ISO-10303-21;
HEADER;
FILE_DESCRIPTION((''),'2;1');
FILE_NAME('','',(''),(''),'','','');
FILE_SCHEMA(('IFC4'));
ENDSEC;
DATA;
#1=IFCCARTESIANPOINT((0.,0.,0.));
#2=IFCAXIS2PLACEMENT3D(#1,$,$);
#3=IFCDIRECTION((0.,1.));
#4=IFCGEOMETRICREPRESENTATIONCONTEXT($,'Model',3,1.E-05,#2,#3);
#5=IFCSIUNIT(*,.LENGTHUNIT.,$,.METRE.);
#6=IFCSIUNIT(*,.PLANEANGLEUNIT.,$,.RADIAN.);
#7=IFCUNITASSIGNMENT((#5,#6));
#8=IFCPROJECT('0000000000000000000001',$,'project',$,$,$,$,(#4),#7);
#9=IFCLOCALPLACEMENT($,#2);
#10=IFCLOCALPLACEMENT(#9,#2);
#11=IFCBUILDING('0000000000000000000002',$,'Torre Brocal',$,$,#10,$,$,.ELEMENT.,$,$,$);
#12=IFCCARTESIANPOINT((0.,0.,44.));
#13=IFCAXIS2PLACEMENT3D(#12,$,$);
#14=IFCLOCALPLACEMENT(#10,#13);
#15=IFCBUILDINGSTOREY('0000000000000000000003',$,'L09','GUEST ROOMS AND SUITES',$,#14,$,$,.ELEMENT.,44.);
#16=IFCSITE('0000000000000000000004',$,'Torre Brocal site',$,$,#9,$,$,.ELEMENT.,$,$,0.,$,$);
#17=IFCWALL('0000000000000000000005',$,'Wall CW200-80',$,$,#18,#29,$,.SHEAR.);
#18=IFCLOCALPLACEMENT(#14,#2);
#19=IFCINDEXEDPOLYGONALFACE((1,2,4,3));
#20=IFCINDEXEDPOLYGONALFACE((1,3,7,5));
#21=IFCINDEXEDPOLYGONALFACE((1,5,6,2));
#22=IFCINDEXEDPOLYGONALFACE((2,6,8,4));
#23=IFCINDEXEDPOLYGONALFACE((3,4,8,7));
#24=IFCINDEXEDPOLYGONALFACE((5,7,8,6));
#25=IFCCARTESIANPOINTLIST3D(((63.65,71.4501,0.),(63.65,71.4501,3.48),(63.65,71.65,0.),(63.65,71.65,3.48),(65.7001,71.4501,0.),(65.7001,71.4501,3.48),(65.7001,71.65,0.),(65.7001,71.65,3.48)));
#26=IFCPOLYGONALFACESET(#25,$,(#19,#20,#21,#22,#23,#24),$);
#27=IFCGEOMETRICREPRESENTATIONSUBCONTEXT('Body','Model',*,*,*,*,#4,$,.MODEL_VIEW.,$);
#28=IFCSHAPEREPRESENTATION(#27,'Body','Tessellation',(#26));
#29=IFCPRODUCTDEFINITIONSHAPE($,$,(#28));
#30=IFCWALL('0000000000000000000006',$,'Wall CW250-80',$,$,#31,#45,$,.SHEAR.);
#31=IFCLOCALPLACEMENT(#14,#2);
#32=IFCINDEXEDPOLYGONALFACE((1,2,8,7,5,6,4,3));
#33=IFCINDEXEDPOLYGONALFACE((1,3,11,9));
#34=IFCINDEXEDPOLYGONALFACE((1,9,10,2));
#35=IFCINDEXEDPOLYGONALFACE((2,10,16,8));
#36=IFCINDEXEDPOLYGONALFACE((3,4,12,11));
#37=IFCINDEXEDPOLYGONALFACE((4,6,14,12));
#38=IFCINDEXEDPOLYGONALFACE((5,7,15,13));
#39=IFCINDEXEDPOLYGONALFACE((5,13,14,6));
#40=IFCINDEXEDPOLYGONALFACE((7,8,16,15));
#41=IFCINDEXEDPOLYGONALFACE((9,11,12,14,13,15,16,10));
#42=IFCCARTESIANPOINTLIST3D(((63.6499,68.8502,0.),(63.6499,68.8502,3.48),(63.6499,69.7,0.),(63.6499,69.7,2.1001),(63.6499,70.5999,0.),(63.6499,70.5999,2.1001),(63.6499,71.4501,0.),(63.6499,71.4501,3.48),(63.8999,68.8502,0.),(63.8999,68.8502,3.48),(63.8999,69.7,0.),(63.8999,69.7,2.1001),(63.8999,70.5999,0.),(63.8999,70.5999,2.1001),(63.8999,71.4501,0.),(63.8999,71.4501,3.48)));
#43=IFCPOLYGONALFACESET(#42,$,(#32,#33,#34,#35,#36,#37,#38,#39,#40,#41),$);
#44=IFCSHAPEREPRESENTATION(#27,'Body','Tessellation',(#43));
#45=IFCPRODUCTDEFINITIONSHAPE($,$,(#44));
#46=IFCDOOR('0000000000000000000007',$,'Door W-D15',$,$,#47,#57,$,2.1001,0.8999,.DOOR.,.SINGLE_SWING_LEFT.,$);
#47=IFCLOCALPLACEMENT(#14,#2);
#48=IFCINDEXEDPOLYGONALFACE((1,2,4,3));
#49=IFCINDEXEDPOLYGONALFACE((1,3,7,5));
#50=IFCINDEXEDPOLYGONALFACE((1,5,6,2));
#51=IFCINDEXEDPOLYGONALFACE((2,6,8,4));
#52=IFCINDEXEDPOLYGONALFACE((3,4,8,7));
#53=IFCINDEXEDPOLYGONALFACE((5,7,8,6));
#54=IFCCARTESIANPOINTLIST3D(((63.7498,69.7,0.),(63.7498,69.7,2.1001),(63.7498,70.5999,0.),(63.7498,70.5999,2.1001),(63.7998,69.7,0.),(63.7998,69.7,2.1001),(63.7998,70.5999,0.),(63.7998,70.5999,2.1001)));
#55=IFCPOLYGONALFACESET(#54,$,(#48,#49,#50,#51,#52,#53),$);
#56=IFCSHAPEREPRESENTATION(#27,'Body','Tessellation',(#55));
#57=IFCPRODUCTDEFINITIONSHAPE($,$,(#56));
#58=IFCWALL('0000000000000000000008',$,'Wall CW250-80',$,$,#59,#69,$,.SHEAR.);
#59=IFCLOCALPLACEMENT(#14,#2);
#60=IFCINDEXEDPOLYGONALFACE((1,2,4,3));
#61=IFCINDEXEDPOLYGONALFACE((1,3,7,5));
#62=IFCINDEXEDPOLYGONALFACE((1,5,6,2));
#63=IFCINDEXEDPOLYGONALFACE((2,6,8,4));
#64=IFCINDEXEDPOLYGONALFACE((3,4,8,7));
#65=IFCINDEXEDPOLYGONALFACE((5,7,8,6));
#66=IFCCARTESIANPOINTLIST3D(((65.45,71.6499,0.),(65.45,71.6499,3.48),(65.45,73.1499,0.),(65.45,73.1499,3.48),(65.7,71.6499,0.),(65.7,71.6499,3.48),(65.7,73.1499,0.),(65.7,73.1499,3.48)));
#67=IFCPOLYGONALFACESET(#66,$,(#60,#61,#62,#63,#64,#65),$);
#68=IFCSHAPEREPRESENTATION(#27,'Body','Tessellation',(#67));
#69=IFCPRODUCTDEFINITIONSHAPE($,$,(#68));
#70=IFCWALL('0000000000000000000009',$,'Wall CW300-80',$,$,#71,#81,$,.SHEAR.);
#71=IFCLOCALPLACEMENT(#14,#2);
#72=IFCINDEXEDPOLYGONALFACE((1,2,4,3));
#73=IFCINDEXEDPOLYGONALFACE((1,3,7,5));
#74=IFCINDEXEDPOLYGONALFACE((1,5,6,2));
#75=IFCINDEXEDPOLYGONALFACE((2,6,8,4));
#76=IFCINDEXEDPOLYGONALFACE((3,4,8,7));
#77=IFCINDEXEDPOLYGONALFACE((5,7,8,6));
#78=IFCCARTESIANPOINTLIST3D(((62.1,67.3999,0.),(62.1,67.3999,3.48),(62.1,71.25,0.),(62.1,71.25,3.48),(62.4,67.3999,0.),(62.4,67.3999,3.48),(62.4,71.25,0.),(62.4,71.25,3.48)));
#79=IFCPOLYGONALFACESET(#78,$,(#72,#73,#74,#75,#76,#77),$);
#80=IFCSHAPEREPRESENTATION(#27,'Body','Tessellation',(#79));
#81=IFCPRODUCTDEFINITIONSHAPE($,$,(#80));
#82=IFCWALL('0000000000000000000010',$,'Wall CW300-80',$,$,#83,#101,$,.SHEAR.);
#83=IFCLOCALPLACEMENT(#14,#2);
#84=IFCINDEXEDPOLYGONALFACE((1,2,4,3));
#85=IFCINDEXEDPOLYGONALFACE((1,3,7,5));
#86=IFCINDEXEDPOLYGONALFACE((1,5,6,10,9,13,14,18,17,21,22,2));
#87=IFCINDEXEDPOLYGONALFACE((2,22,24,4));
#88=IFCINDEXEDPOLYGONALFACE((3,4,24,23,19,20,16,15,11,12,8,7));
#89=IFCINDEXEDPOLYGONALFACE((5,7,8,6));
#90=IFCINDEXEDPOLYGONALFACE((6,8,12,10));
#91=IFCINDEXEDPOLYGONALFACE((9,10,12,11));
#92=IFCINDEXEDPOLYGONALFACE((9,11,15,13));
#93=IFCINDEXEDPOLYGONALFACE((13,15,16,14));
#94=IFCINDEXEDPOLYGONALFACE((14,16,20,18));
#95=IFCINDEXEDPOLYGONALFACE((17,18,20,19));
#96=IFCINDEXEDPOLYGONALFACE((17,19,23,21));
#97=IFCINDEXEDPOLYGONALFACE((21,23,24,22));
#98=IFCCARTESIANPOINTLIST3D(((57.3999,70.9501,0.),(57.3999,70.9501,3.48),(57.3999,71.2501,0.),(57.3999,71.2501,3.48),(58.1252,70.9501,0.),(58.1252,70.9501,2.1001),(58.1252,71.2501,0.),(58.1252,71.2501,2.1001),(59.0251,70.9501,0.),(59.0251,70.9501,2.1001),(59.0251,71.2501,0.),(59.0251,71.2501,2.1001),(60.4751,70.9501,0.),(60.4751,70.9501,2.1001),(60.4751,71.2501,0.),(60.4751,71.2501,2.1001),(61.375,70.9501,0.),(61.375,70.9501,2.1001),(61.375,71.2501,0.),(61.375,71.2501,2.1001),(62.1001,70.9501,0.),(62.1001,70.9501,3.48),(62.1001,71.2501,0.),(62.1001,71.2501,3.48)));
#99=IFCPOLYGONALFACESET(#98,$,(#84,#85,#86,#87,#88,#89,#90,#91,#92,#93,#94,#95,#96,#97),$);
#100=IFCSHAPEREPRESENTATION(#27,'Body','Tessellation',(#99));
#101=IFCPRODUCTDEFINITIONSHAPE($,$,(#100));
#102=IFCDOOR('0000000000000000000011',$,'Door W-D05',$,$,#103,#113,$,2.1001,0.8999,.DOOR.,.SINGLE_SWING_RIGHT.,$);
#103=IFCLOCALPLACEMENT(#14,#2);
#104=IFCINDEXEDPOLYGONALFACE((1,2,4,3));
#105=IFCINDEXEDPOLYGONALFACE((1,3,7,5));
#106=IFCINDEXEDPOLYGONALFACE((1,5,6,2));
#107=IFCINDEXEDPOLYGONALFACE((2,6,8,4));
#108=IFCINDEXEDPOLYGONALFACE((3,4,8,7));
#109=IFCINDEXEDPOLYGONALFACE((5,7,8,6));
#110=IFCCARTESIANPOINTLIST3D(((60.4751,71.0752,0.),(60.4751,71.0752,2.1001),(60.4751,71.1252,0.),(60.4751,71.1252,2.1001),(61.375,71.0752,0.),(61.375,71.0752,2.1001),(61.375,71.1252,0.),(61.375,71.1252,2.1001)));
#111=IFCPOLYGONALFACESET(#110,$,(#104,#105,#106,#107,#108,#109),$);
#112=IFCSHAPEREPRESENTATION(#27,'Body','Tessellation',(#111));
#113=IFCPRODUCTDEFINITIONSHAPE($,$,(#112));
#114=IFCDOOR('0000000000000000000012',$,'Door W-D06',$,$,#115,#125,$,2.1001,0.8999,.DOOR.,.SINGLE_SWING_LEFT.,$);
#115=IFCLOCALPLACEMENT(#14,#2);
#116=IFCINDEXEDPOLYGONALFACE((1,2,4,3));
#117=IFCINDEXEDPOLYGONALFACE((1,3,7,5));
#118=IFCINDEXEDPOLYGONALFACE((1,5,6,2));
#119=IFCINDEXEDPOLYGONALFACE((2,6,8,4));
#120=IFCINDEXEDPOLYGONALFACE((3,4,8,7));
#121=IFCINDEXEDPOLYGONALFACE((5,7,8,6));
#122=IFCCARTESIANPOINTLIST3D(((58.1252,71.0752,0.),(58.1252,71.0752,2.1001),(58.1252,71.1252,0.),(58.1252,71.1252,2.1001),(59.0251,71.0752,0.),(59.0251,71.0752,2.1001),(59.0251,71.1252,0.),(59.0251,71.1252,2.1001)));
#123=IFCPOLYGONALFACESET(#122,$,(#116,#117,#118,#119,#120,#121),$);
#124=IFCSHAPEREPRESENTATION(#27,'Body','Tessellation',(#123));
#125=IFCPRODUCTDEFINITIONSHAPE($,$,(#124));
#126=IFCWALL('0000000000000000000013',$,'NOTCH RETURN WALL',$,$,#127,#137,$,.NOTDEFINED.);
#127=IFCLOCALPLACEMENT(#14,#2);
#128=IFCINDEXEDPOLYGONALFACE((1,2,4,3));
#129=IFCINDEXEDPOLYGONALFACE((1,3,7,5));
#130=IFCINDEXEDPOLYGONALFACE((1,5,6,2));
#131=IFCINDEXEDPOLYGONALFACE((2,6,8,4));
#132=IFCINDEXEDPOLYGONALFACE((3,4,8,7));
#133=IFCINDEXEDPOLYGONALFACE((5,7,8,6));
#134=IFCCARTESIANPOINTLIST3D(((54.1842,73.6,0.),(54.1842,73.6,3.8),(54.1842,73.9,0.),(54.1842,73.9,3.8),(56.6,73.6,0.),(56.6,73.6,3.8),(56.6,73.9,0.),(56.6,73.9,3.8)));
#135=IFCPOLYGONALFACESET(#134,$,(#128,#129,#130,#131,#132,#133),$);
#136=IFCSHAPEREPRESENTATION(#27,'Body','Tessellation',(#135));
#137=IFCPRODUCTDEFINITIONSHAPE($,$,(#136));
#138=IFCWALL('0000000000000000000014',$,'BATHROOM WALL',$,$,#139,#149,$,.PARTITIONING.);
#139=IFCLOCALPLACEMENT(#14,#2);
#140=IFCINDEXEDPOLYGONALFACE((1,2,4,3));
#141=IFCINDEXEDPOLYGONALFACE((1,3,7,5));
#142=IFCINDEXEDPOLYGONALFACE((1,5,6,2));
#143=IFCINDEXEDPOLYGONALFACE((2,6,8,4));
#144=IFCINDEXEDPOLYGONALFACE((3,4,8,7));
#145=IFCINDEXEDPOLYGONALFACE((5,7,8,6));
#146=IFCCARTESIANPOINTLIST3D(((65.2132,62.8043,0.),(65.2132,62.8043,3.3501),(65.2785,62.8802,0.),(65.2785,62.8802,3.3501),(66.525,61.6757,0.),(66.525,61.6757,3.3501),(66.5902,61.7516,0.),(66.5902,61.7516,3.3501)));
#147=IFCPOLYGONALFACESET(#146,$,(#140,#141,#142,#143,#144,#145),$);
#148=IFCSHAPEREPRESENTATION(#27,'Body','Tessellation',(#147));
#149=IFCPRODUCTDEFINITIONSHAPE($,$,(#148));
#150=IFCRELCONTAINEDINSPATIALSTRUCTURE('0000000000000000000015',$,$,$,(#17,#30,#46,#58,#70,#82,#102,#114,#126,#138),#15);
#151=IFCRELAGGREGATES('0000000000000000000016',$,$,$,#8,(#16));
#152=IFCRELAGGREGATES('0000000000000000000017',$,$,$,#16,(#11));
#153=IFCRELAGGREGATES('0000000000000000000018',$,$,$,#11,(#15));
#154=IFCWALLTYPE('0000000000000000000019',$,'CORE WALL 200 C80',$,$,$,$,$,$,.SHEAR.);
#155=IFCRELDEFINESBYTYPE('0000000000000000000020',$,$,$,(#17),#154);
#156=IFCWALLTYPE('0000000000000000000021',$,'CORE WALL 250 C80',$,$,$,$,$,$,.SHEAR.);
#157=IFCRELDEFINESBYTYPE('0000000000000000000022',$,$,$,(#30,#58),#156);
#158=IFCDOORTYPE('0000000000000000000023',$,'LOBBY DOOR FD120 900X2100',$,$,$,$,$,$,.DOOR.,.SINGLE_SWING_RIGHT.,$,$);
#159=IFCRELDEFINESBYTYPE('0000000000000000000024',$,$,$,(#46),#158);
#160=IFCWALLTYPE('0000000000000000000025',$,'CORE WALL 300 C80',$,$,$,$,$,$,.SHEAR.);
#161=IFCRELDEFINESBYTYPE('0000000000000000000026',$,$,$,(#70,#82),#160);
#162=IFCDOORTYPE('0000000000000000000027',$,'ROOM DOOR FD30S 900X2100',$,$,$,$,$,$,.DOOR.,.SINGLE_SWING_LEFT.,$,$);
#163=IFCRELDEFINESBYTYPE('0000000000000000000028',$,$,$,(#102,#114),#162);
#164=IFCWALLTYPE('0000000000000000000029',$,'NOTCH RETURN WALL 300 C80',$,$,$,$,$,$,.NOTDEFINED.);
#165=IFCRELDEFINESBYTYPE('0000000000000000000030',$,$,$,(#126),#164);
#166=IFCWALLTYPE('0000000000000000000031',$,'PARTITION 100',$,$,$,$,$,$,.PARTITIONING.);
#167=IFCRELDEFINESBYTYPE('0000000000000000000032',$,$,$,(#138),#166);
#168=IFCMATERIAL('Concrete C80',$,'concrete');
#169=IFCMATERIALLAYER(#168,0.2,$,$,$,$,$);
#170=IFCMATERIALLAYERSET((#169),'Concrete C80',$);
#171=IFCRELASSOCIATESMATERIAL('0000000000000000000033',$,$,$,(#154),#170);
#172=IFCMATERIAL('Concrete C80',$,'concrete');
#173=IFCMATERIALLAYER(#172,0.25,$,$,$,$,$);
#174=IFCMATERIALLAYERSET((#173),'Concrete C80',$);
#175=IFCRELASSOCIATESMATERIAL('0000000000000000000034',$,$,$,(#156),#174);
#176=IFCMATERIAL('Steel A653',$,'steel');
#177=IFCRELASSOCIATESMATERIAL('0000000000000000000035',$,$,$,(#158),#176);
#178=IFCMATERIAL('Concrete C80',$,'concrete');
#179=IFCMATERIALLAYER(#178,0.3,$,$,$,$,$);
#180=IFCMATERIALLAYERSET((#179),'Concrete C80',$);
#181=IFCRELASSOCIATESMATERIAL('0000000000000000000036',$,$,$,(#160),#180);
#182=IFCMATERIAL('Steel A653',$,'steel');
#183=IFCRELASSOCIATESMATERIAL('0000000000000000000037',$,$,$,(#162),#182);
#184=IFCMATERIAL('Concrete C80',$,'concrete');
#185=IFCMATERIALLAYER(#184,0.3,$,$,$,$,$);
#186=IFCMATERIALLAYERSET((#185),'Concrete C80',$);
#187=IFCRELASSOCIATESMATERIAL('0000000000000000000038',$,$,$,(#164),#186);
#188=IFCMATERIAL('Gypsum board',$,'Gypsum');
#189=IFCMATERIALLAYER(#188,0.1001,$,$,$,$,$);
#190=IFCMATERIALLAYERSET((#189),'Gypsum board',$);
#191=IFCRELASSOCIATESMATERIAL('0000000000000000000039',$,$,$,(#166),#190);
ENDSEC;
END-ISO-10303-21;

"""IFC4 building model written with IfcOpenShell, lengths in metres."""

from ifc_helpers import new_model, si_unit, direction, frame, frame_2d, origin, place, context, subcontext, project, spatial, rectangle, extrude, material, layer, layer_set, type_object, element, fill, save


model = new_model("IFC4")

# Units and contexts
model_context = context("Model", 3, precision=1e-05, world=origin(), true_north=direction((0.0, 1.0)))
body_context = subcontext(model_context, "Body", "Model", "MODEL_VIEW")
ifc_project = project(units=[si_unit("LENGTHUNIT", "METRE"), si_unit("PLANEANGLEUNIT", "RADIAN")], contexts=[model_context])

# Site, building, storey
site_placement = place(None, origin())
site = spatial("IfcSite", under=ifc_project, at=site_placement, Name="Torre Brocal site", CompositionType="ELEMENT", RefElevation=0.0)
building_placement = place(site_placement, origin())
building = spatial("IfcBuilding", under=site, at=building_placement, Name="Torre Brocal", CompositionType="ELEMENT")
storey_placement = place(building_placement, frame((0.0, 0.0, 44.0)))
storey = spatial("IfcBuildingStorey", under=building, at=storey_placement, Name="L09", Description="GUEST ROOMS AND SUITES", CompositionType="ELEMENT", Elevation=44.0)

# Wall
ifc_material_1 = material(Name="Concrete C80", Category="concrete")
ifc_layer_1 = layer(ifc_material_1, 0.2)
ifc_layer_set_1 = layer_set([ifc_layer_1], Name="Concrete C80")
wall_type_1 = type_object("IfcWallType", Name="CORE WALL 200 C80", PredefinedType="SHEAR", material=ifc_layer_set_1)
wall_1_placement = place(storey_placement, frame((65.7, 71.55, 0.0), z_axis=(0.0, 0.0, 1.0), x_axis=(-1.0, 0.0, 0.0)))
element("IfcWall", 1, at=wall_1_placement, inside=storey, type_object=wall_type_1, Name="Wall CW200-80", PredefinedType="SHEAR", context=body_context, shape_type="SweptSolid", body=[
    extrude(rectangle(XDim=2.05, YDim=0.2, at=frame_2d((1.0249, 0.0))), origin(), (0.0, 0.0, 1.0), 3.48),
])

# Wall, opening, door
ifc_material_2 = material(Name="Concrete C80", Category="concrete")
ifc_layer_2 = layer(ifc_material_2, 0.25)
ifc_layer_set_2 = layer_set([ifc_layer_2], Name="Concrete C80")
wall_type_2 = type_object("IfcWallType", Name="CORE WALL 250 C80", PredefinedType="SHEAR", material=ifc_layer_set_2)
wall_2_placement = place(storey_placement, frame((63.7749, 71.45, 0.0), z_axis=(0.0, 0.0, 1.0), x_axis=(0.0, -1.0, 0.0)))
wall_2 = element("IfcWall", 2, at=wall_2_placement, inside=storey, type_object=wall_type_2, Name="Wall CW250-80", PredefinedType="SHEAR", context=body_context, shape_type="SweptSolid", body=[
    extrude(rectangle(XDim=2.5999, YDim=0.25, at=frame_2d((1.2998, 0.0))), origin(), (0.0, 0.0, 1.0), 3.48),
])
opening_1_placement = place(wall_2_placement, frame((0.8501, 0.0, 0.0)))
opening_1 = element("IfcOpeningElement", 3, at=opening_1_placement, cuts=wall_2, PredefinedType="OPENING", context=body_context, shape_type="SweptSolid", body=[
    extrude(rectangle(XDim=0.8999, YDim=2.1001, at=frame_2d((0.45, 1.05))), frame((0.0, 0.135, 0.0), z_axis=(0.0, -1.0, 0.0), x_axis=(1.0, 0.0, 0.0)), (0.0, 0.0, 1.0), 0.27),
])
ifc_material_3 = material(Name="Steel A653", Category="steel")
door_type_1 = type_object("IfcDoorType", Name="LOBBY DOOR FD120 900X2100", OperationType="SINGLE_SWING_RIGHT", PredefinedType="DOOR", material=ifc_material_3)
door_1_placement = place(opening_1_placement, origin())
door_1 = element("IfcDoor", 4, at=door_1_placement, inside=storey, type_object=door_type_1, Name="Door W-D15", OperationType="SINGLE_SWING_LEFT", OverallHeight=2.1001, OverallWidth=0.8999, PredefinedType="DOOR", context=body_context, shape_type="SweptSolid", body=[
    extrude(rectangle(XDim=0.8999, YDim=2.1001, at=frame_2d((0.45, 1.05))), frame((0.0, 0.0249, 0.0), z_axis=(0.0, -1.0, 0.0), x_axis=(1.0, 0.0, 0.0)), (0.0, 0.0, 1.0), 0.05),
])
fill(opening_1, door_1)

# Walls
wall_3_placement = place(storey_placement, frame((65.575, 73.1499, 0.0), z_axis=(0.0, 0.0, 1.0), x_axis=(0.0, -1.0, 0.0)))
element("IfcWall", 5, at=wall_3_placement, inside=storey, type_object=wall_type_2, Name="Wall CW250-80", PredefinedType="SHEAR", context=body_context, shape_type="SweptSolid", body=[
    extrude(rectangle(XDim=1.5, YDim=0.25, at=frame_2d((0.75, 0.0))), origin(), (0.0, 0.0, 1.0), 3.48),
])
ifc_material_4 = material(Name="Concrete C80", Category="concrete")
ifc_layer_3 = layer(ifc_material_4, 0.3)
ifc_layer_set_3 = layer_set([ifc_layer_3], Name="Concrete C80")
wall_type_3 = type_object("IfcWallType", Name="CORE WALL 300 C80", PredefinedType="SHEAR", material=ifc_layer_set_3)
wall_4_placement = place(storey_placement, frame((62.25, 71.25, 0.0), z_axis=(0.0, 0.0, 1.0), x_axis=(0.0, -1.0, 0.0)))
element("IfcWall", 6, at=wall_4_placement, inside=storey, type_object=wall_type_3, Name="Wall CW300-80", PredefinedType="SHEAR", context=body_context, shape_type="SweptSolid", body=[
    extrude(rectangle(XDim=3.8501, YDim=0.3, at=frame_2d((1.925, 0.0))), origin(), (0.0, 0.0, 1.0), 3.48),
])

# Wall, openings, doors
wall_5_placement = place(storey_placement, frame((62.1001, 71.1001, 0.0), z_axis=(0.0, 0.0, 1.0), x_axis=(-1.0, 0.0, 0.0)))
wall_5 = element("IfcWall", 7, at=wall_5_placement, inside=storey, type_object=wall_type_3, Name="Wall CW300-80", PredefinedType="SHEAR", context=body_context, shape_type="SweptSolid", body=[
    extrude(rectangle(XDim=4.7002, YDim=0.3, at=frame_2d((2.3501, 0.0))), origin(), (0.0, 0.0, 1.0), 3.48),
])
opening_2_placement = place(wall_5_placement, frame((0.7251, 0.0, 0.0)))
opening_2 = element("IfcOpeningElement", 8, at=opening_2_placement, cuts=wall_5, PredefinedType="OPENING", context=body_context, shape_type="SweptSolid", body=[
    extrude(rectangle(XDim=0.8999, YDim=2.1001, at=frame_2d((0.45, 1.05))), frame((0.0, 0.1599, 0.0), z_axis=(0.0, -1.0, 0.0), x_axis=(1.0, 0.0, 0.0)), (0.0, 0.0, 1.0), 0.3201),
])
opening_3_placement = place(wall_5_placement, frame((3.075, 0.0, 0.0)))
opening_3 = element("IfcOpeningElement", 9, at=opening_3_placement, cuts=wall_5, PredefinedType="OPENING", context=body_context, shape_type="SweptSolid", body=[
    extrude(rectangle(XDim=0.8999, YDim=2.1001, at=frame_2d((0.45, 1.05))), frame((0.0, 0.1599, 0.0), z_axis=(0.0, -1.0, 0.0), x_axis=(1.0, 0.0, 0.0)), (0.0, 0.0, 1.0), 0.3201),
])
ifc_material_5 = material(Name="Steel A653", Category="steel")
door_type_2 = type_object("IfcDoorType", Name="ROOM DOOR FD30S 900X2100", OperationType="SINGLE_SWING_LEFT", PredefinedType="DOOR", material=ifc_material_5)
door_2_placement = place(opening_2_placement, origin())
door_2 = element("IfcDoor", 10, at=door_2_placement, inside=storey, type_object=door_type_2, Name="Door W-D05", OperationType="SINGLE_SWING_RIGHT", OverallHeight=2.1001, OverallWidth=0.8999, PredefinedType="DOOR", context=body_context, shape_type="SweptSolid", body=[
    extrude(rectangle(XDim=0.8999, YDim=2.1001, at=frame_2d((0.45, 1.05))), frame((0.0, 0.0249, 0.0), z_axis=(0.0, -1.0, 0.0), x_axis=(1.0, 0.0, 0.0)), (0.0, 0.0, 1.0), 0.05),
])
fill(opening_2, door_2)
door_3_placement = place(opening_3_placement, origin())
door_3 = element("IfcDoor", 11, at=door_3_placement, inside=storey, type_object=door_type_2, Name="Door W-D06", OperationType="SINGLE_SWING_LEFT", OverallHeight=2.1001, OverallWidth=0.8999, PredefinedType="DOOR", context=body_context, shape_type="SweptSolid", body=[
    extrude(rectangle(XDim=0.8999, YDim=2.1001, at=frame_2d((0.45, 1.05))), frame((0.0, 0.0249, 0.0), z_axis=(0.0, -1.0, 0.0), x_axis=(1.0, 0.0, 0.0)), (0.0, 0.0, 1.0), 0.05),
])
fill(opening_3, door_3)

# Walls
ifc_material_6 = material(Name="Concrete C80", Category="concrete")
ifc_layer_4 = layer(ifc_material_6, 0.3)
ifc_layer_set_4 = layer_set([ifc_layer_4], Name="Concrete C80")
wall_type_4 = type_object("IfcWallType", Name="NOTCH RETURN WALL 300 C80", PredefinedType="NOTDEFINED", material=ifc_layer_set_4)
wall_6_placement = place(storey_placement, frame((56.6001, 73.75, 0.0), z_axis=(0.0, 0.0, 1.0), x_axis=(-1.0, 0.0, 0.0)))
element("IfcWall", 12, at=wall_6_placement, inside=storey, type_object=wall_type_4, Name="NOTCH RETURN WALL", PredefinedType="NOTDEFINED", context=body_context, shape_type="SweptSolid", body=[
    extrude(rectangle(XDim=2.4158, YDim=0.3, at=frame_2d((1.208, 0.0))), origin(), (0.0, 0.0, 1.0), 3.8),
])
ifc_material_7 = material(Name="Gypsum board", Category="Gypsum")
ifc_layer_5 = layer(ifc_material_7, 0.1001)
ifc_layer_set_5 = layer_set([ifc_layer_5], Name="Gypsum board")
wall_type_5 = type_object("IfcWallType", Name="PARTITION 100", PredefinedType="PARTITIONING", material=ifc_layer_set_5)
wall_7_placement = place(storey_placement, frame((65.2458, 62.8423, 0.0), z_axis=(0.0, 0.0, 1.0), x_axis=(0.75803, -0.652219, 0.0)))
element("IfcWall", 13, at=wall_7_placement, inside=storey, type_object=wall_type_5, Name="BATHROOM WALL", PredefinedType="PARTITIONING", context=body_context, shape_type="SweptSolid", body=[
    extrude(rectangle(XDim=1.7305, YDim=0.1001, at=frame_2d((0.8652, 0.0))), origin(), (0.0, 0.0, 1.0), 3.3501),
])

save(model, "model.ifc")
